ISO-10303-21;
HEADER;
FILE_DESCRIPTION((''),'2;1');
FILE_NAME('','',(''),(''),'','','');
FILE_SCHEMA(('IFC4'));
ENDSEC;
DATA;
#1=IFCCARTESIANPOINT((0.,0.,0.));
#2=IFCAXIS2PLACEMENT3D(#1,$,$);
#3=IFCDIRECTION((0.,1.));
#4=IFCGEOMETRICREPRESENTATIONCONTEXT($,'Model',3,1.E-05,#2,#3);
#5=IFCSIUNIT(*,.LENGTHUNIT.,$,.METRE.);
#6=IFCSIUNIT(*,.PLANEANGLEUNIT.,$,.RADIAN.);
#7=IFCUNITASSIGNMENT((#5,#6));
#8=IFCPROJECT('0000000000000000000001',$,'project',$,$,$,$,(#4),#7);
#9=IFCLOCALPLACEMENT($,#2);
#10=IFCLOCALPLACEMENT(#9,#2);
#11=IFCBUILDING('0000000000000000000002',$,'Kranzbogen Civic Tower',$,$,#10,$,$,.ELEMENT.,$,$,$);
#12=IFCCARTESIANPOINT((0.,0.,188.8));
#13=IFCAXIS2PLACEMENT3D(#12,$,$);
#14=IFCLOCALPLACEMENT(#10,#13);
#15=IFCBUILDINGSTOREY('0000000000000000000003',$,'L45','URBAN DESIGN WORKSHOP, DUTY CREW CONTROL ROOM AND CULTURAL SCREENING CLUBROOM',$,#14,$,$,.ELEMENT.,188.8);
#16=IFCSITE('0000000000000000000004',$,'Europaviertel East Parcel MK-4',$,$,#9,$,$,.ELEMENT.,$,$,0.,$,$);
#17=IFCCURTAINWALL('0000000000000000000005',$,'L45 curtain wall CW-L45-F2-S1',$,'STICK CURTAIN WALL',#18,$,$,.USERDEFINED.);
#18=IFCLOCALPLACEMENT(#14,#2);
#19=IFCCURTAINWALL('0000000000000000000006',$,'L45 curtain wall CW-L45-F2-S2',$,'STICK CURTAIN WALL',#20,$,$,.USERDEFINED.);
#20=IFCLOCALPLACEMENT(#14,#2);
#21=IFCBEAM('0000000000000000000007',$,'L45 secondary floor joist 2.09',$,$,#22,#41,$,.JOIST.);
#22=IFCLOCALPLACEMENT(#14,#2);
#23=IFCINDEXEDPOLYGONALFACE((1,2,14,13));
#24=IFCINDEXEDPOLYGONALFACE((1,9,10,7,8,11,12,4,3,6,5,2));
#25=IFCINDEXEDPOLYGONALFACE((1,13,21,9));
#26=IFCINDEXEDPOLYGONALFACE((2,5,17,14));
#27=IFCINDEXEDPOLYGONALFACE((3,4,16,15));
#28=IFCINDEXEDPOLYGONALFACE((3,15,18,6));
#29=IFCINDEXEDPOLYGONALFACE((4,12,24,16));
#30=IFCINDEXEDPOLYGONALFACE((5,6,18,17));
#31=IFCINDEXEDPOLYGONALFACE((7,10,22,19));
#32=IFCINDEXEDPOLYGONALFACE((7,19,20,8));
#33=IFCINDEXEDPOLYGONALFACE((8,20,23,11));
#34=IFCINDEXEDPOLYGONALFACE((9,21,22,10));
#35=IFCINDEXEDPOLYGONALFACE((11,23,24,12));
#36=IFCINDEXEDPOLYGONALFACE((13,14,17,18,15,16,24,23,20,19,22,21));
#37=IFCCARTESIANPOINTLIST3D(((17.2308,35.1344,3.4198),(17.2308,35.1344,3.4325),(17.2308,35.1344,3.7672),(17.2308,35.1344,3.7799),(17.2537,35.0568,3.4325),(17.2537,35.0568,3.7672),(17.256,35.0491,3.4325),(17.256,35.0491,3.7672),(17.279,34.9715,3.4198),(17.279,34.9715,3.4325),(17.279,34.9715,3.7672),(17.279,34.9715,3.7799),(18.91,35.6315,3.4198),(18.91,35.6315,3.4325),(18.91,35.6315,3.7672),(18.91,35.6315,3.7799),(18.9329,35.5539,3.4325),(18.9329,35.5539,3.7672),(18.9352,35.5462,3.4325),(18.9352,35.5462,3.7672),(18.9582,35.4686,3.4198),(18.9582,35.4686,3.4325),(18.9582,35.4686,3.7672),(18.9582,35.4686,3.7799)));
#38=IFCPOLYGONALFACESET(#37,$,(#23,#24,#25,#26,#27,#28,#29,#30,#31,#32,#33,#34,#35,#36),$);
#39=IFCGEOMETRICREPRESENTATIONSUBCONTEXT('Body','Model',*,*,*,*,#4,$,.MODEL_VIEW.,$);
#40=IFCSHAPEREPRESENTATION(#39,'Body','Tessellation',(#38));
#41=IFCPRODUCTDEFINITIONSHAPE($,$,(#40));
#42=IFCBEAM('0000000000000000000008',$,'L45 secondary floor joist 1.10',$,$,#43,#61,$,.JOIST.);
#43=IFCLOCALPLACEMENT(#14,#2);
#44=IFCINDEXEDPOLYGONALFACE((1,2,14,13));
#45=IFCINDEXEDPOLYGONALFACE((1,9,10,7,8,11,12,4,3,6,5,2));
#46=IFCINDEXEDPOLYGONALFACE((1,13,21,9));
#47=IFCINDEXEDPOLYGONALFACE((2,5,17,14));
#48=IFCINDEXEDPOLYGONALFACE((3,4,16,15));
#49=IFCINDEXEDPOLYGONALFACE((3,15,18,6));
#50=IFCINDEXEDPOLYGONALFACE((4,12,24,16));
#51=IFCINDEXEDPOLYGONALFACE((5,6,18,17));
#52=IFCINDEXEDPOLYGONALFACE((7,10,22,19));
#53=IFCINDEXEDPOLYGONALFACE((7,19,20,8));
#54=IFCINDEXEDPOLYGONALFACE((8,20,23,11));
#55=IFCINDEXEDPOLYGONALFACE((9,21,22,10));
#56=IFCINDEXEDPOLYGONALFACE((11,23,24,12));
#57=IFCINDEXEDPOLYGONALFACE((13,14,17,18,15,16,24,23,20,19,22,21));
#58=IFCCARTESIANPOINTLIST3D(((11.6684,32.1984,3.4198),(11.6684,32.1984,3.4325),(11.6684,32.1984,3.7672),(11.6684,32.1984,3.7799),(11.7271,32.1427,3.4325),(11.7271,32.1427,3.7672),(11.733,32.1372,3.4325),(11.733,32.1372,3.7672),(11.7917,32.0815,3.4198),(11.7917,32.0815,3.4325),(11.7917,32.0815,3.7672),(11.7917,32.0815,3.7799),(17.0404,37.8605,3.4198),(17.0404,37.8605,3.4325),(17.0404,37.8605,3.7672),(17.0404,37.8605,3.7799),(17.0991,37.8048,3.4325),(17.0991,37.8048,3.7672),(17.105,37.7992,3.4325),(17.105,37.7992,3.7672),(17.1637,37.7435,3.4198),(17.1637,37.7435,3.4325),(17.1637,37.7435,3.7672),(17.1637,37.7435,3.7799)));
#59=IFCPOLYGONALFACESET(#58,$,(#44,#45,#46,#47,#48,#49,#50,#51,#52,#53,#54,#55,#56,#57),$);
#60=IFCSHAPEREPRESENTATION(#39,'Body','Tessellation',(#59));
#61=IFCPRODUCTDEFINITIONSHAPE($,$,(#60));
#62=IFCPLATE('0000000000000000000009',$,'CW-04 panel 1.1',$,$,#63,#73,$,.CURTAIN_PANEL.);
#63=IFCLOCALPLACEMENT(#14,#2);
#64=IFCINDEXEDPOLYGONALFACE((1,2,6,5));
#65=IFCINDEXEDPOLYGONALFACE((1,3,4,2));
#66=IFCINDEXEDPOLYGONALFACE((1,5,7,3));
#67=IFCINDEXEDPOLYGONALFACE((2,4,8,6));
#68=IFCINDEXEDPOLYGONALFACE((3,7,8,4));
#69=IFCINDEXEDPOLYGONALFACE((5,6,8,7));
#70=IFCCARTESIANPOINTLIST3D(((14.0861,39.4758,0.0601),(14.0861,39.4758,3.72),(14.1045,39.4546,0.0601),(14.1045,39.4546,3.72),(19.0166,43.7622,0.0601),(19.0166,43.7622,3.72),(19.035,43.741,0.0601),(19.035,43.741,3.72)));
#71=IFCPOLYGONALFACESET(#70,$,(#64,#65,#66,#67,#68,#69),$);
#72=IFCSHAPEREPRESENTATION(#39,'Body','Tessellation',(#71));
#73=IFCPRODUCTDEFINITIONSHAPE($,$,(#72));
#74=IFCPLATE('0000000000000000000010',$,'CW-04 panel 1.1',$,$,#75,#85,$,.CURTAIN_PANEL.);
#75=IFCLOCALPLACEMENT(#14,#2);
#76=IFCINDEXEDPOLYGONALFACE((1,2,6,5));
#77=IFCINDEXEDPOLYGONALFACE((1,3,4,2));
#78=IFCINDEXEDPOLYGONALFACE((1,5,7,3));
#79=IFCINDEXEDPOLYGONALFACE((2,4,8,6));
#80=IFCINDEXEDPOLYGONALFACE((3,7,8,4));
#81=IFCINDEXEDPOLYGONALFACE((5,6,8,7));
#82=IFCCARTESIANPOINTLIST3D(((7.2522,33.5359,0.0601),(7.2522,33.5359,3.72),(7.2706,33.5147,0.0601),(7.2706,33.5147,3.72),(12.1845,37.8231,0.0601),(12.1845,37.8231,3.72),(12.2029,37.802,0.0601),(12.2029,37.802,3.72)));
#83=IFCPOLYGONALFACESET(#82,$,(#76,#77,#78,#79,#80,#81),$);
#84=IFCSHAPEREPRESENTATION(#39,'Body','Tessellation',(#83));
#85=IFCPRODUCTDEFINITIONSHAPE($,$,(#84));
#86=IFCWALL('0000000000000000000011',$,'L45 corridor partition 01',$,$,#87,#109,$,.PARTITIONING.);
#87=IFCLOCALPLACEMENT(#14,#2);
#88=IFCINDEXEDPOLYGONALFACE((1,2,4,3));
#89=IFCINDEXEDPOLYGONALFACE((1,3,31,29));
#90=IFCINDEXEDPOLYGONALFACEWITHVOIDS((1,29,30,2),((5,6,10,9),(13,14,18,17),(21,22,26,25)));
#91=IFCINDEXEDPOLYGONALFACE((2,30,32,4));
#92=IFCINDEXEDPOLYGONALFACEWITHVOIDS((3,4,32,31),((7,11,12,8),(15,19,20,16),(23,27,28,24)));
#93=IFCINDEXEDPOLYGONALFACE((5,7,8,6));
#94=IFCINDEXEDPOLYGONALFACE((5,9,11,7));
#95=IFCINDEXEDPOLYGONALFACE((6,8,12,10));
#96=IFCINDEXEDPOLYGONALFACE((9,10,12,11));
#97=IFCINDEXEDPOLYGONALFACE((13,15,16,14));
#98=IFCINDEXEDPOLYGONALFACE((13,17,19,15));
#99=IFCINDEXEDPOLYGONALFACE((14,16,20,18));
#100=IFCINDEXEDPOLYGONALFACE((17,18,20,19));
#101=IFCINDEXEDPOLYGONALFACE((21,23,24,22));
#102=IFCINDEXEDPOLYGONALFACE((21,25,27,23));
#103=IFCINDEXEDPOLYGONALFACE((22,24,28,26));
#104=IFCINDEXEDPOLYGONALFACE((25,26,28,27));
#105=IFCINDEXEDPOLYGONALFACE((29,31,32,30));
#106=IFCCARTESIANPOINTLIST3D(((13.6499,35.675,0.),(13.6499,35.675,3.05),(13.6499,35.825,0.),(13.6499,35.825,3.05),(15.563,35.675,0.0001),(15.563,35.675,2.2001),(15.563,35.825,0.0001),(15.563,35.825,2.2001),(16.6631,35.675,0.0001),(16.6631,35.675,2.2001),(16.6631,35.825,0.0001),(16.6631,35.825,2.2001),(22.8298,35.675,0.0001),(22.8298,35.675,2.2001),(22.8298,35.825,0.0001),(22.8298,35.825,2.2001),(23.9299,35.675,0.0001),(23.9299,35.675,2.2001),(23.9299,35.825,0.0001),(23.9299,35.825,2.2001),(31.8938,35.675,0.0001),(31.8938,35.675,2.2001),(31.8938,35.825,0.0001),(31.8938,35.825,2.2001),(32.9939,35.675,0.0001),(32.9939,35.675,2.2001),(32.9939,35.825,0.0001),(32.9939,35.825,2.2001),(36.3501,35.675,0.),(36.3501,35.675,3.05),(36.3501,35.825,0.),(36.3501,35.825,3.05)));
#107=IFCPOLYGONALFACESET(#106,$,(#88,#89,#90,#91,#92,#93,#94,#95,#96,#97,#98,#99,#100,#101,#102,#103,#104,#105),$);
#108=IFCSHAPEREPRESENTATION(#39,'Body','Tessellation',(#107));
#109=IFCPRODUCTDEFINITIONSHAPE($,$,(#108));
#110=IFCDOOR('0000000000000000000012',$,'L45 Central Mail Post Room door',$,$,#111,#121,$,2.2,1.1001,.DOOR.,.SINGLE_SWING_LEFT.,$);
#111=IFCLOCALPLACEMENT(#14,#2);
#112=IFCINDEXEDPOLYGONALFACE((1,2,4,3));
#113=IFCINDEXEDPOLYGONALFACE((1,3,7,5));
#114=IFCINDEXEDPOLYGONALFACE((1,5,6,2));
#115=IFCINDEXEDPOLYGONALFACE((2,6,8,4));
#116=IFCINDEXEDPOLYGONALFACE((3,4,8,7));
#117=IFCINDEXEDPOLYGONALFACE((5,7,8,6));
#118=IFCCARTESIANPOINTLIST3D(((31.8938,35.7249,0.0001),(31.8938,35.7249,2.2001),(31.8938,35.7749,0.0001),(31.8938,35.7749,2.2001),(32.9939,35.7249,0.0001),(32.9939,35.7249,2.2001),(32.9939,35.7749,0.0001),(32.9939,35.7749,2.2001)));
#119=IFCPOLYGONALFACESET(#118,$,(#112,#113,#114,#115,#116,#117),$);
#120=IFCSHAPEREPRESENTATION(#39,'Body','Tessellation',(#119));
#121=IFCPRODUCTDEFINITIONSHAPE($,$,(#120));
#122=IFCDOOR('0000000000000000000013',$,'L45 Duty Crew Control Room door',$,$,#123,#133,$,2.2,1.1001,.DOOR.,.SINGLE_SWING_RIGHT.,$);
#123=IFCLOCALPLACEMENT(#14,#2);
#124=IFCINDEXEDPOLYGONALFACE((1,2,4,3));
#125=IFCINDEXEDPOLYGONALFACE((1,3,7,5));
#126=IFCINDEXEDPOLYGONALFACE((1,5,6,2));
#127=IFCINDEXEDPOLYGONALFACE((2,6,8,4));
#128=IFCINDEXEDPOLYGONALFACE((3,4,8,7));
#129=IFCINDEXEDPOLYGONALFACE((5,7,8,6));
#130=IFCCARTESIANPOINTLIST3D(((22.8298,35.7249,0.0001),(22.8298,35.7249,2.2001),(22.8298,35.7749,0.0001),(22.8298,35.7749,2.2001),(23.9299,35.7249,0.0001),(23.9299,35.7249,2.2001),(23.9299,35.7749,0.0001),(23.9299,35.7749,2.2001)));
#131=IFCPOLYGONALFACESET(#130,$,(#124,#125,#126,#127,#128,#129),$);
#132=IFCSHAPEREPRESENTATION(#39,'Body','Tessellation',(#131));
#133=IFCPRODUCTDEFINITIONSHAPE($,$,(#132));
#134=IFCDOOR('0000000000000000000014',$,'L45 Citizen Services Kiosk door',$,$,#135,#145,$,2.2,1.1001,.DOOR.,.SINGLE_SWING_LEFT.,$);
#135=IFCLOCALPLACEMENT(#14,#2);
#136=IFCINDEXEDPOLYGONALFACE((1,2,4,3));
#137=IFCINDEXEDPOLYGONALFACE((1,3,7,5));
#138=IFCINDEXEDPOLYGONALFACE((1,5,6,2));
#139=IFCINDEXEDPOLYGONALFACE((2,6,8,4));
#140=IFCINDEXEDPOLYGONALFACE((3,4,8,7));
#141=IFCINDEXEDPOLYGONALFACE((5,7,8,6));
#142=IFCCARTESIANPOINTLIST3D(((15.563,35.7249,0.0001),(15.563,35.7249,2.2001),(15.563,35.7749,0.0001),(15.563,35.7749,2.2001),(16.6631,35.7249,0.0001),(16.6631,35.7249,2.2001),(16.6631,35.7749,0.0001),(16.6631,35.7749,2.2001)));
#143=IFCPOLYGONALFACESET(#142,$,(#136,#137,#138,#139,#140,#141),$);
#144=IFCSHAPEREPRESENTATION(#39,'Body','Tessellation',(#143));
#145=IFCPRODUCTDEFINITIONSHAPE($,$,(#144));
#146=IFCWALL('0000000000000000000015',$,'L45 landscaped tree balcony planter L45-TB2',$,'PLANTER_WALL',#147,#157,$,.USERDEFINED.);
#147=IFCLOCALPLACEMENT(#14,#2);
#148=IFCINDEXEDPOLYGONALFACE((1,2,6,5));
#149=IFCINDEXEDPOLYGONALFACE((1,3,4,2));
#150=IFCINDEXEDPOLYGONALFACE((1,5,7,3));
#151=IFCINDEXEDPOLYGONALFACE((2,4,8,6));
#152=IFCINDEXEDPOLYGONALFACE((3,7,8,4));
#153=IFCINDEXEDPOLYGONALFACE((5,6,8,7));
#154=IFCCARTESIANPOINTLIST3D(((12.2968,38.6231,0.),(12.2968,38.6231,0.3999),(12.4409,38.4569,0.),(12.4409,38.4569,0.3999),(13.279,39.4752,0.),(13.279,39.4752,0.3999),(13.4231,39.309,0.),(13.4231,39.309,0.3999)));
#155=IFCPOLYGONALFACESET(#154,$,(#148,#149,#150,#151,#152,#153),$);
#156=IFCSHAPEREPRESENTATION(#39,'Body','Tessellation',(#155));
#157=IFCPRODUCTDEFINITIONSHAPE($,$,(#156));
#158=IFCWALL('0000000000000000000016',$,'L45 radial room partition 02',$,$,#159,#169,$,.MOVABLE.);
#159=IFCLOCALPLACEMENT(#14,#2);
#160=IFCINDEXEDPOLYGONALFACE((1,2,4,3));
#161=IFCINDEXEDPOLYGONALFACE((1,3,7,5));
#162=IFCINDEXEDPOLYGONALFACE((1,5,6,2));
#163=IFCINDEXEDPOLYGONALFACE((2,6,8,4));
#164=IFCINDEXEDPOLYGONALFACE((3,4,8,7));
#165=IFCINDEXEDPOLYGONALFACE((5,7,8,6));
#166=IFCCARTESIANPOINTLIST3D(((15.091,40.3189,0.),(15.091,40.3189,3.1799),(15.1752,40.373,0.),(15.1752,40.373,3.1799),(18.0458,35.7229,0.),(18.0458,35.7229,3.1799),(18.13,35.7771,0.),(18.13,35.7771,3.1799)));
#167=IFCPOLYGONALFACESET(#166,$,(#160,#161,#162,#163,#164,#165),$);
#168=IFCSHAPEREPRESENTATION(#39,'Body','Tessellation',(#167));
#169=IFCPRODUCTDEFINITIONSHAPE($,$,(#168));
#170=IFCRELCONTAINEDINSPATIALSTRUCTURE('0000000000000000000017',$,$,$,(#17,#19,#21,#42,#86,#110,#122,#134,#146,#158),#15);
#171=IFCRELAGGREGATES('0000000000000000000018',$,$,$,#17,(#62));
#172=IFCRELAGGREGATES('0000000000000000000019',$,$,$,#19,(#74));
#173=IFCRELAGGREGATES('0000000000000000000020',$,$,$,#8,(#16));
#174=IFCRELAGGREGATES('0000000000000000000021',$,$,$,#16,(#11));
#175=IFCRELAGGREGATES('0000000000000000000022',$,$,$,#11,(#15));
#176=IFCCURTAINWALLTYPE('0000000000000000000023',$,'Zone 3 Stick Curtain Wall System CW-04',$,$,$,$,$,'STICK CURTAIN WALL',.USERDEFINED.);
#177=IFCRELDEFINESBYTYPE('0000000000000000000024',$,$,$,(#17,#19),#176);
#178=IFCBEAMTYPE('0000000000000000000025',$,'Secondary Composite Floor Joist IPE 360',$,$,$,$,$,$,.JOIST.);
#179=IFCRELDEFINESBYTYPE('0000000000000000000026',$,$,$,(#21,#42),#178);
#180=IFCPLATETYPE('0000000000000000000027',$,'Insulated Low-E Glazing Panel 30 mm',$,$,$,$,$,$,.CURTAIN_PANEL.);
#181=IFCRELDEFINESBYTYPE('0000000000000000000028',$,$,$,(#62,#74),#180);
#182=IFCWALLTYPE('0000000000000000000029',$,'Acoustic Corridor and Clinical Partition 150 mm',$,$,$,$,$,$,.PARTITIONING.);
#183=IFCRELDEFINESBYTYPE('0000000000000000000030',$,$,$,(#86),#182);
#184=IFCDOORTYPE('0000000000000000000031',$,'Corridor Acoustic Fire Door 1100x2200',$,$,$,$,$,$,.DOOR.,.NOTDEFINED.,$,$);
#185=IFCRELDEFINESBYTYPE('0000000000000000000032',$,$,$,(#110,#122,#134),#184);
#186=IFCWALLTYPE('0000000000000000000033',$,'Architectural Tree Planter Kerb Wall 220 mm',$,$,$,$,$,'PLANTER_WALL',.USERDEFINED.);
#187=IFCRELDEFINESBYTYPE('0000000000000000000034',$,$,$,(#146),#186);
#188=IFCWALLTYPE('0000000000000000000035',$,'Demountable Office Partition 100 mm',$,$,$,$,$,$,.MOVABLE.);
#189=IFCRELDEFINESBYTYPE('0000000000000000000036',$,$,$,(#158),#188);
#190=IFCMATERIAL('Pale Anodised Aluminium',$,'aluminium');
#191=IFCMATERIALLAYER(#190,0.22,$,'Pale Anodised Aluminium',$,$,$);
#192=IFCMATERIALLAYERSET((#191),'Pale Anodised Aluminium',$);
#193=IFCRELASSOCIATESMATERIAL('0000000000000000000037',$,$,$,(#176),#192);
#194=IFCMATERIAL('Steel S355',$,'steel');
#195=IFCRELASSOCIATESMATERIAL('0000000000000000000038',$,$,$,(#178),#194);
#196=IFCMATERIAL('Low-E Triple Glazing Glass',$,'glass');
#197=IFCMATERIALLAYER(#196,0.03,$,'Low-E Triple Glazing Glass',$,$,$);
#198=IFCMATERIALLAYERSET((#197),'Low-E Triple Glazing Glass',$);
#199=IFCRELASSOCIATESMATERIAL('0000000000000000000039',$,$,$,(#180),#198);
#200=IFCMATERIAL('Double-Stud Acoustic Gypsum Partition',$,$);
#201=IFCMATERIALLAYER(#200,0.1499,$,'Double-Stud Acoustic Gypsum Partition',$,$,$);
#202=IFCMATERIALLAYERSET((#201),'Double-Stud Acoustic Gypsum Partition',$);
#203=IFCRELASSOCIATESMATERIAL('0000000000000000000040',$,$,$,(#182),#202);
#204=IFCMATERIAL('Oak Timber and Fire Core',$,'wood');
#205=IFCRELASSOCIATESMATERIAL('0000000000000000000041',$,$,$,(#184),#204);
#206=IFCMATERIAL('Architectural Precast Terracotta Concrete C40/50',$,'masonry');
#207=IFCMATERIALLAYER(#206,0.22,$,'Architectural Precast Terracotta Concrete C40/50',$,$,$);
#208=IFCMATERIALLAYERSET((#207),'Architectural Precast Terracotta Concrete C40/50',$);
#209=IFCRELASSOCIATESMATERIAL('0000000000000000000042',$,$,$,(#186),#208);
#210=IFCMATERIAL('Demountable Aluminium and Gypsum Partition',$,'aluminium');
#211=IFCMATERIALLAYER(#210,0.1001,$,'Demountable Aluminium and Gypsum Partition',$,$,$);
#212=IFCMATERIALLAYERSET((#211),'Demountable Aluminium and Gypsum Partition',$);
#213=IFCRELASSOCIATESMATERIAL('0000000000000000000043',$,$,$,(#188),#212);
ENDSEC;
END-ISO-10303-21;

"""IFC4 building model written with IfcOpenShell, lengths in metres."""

from ifc_helpers import new_model, si_unit, direction, frame, frame_2d, origin, origin_2d, place, context, subcontext, project, spatial, rectangle, i_section, extrude, material, layer, layer_set, material_profile, profile_set, type_object, element, fill, aggregate, save


model = new_model("IFC4")

# Units and contexts
model_context = context("Model", 3, precision=1e-05, world=origin(), true_north=direction((0.0, 1.0)))
body_context = subcontext(model_context, "Body", "Model", "MODEL_VIEW")
ifc_project = project(units=[si_unit("LENGTHUNIT", "METRE"), si_unit("PLANEANGLEUNIT", "RADIAN")], contexts=[model_context])

# Site, building, storey
site_placement = place(None, origin())
site = spatial("IfcSite", under=ifc_project, at=site_placement, Name="Europaviertel East Parcel MK-4", CompositionType="ELEMENT", RefElevation=0.0)
building_placement = place(site_placement, origin())
building = spatial("IfcBuilding", under=site, at=building_placement, Name="Kranzbogen Civic Tower", CompositionType="ELEMENT")
storey_placement = place(building_placement, frame((0.0, 0.0, 188.8)))
storey = spatial("IfcBuildingStorey", under=building, at=storey_placement, Name="L45", Description="URBAN DESIGN WORKSHOP, DUTY CREW CONTROL ROOM AND CULTURAL SCREENING CLUBROOM", CompositionType="ELEMENT", Elevation=188.8)

# Shared definitions
ifc_material_1 = material(Name="Steel S355", Category="steel")

# Curtain wall
ifc_material_2 = material(Name="Pale Anodised Aluminium", Category="aluminium")
ifc_layer_1 = layer(ifc_material_2, 0.22, Name="Pale Anodised Aluminium")
ifc_layer_set_1 = layer_set([ifc_layer_1], Name="Pale Anodised Aluminium")
curtain_wall_type = type_object("IfcCurtainWallType", Name="Zone 3 Stick Curtain Wall System CW-04", ElementType="STICK CURTAIN WALL", PredefinedType="USERDEFINED", material=ifc_layer_set_1)
curtain_wall_1_placement = place(storey_placement, origin())
curtain_wall_1 = element("IfcCurtainWall", 1, at=curtain_wall_1_placement, inside=storey, type_object=curtain_wall_type, Name="L45 curtain wall CW-L45-F2-S1", ObjectType="STICK CURTAIN WALL", PredefinedType="USERDEFINED")

# Curtain wall
curtain_wall_2_placement = place(storey_placement, origin())
curtain_wall_2 = element("IfcCurtainWall", 2, at=curtain_wall_2_placement, inside=storey, type_object=curtain_wall_type, Name="L45 curtain wall CW-L45-F2-S2", ObjectType="STICK CURTAIN WALL", PredefinedType="USERDEFINED")

# Beams
ifc_material_profile_1 = material_profile(ifc_material_1, i_section(OverallWidth=0.1699, OverallDepth=0.3601, WebThickness=0.0081, FlangeThickness=0.0127, at=origin_2d()), Name="IPE 360")
ifc_profile_set_1 = profile_set([ifc_material_profile_1], Name="Steel S355")
beam_type_1 = type_object("IfcBeamType", Name="Secondary Composite Floor Joist IPE 360", PredefinedType="JOIST", material=ifc_profile_set_1)
beam_1_placement = place(storey_placement, frame((18.9341, 35.55, 3.5999), z_axis=(-0.958871, -0.283841, 0.0), x_axis=(0.283841, -0.958871, 0.0)))
element("IfcBeam", 3, at=beam_1_placement, inside=storey, type_object=beam_type_1, Name="L45 secondary floor joist 2.09", PredefinedType="JOIST", context=body_context, shape_type="SweptSolid", body=[
    extrude(i_section(OverallWidth=0.1699, OverallDepth=0.3601, WebThickness=0.0081, FlangeThickness=0.0127, at=origin_2d()), origin(), (0.0, 0.0, 1.0), 1.7512),
])
beam_2_placement = place(storey_placement, frame((17.1021, 37.802, 3.5999), z_axis=(-0.688282, -0.725443, 0.0), x_axis=(0.725443, -0.688282, 0.0)))
element("IfcBeam", 4, at=beam_2_placement, inside=storey, type_object=beam_type_1, Name="L45 secondary floor joist 1.10", PredefinedType="JOIST", context=body_context, shape_type="SweptSolid", body=[
    extrude(i_section(OverallWidth=0.1699, OverallDepth=0.3601, WebThickness=0.0081, FlangeThickness=0.0127, at=origin_2d()), origin(), (0.0, 0.0, 1.0), 7.8049),
])

# Plates
ifc_material_3 = material(Name="Low-E Triple Glazing Glass", Category="glass")
ifc_layer_2 = layer(ifc_material_3, 0.03, Name="Low-E Triple Glazing Glass")
ifc_layer_set_2 = layer_set([ifc_layer_2], Name="Low-E Triple Glazing Glass")
plate_type = type_object("IfcPlateType", Name="Insulated Low-E Glazing Panel 30 mm", PredefinedType="CURTAIN_PANEL", material=ifc_layer_set_2)
plate_1_placement = place(storey_placement, frame((16.5605, 41.6084, 0.0601), z_axis=(0.0, 0.0, 1.0), x_axis=(-0.754686, -0.656086, 0.0)))
plate_1 = element("IfcPlate", 5, at=plate_1_placement, type_object=plate_type, Name="CW-04 panel 1.1", PredefinedType="CURTAIN_PANEL", context=body_context, shape_type="SweptSolid", body=[
    extrude(rectangle(XDim=6.5332, YDim=0.0281, at=origin_2d()), origin(), (0.0, 0.0, 1.0), 3.6599),
])
aggregate(curtain_wall_1, [plate_1])
plate_2_placement = place(storey_placement, frame((9.7275, 35.6689, 0.0601), z_axis=(0.0, 0.0, 1.0), x_axis=(-0.754741, -0.656022, 0.0)))
plate_2 = element("IfcPlate", 6, at=plate_2_placement, type_object=plate_type, Name="CW-04 panel 1.1", PredefinedType="CURTAIN_PANEL", context=body_context, shape_type="SweptSolid", body=[
    extrude(rectangle(XDim=6.5352, YDim=0.0281, at=origin_2d()), origin(), (0.0, 0.0, 1.0), 3.6599),
])
aggregate(curtain_wall_2, [plate_2])

# Wall, openings, doors
ifc_material_4 = material(Name="Double-Stud Acoustic Gypsum Partition")
ifc_layer_3 = layer(ifc_material_4, 0.1499, Name="Double-Stud Acoustic Gypsum Partition")
ifc_layer_set_3 = layer_set([ifc_layer_3], Name="Double-Stud Acoustic Gypsum Partition")
wall_type_1 = type_object("IfcWallType", Name="Acoustic Corridor and Clinical Partition 150 mm", PredefinedType="PARTITIONING", material=ifc_layer_set_3)
wall_1_placement = place(storey_placement, frame((13.6499, 35.75, 0.0), z_axis=(0.0, 0.0, 1.0), x_axis=(1.0, 0.0, 0.0)))
wall_1 = element("IfcWall", 7, at=wall_1_placement, inside=storey, type_object=wall_type_1, Name="L45 corridor partition 01", PredefinedType="PARTITIONING", context=body_context, shape_type="SweptSolid", body=[
    extrude(rectangle(XDim=22.7002, YDim=0.1499, at=frame_2d((11.3501, 0.0))), origin(), (0.0, 0.0, 1.0), 3.05),
])
opening_1_placement = place(wall_1_placement, frame((18.2439, 0.0, 0.0)))
opening_1 = element("IfcOpeningElement", 8, at=opening_1_placement, cuts=wall_1, PredefinedType="OPENING", context=body_context, shape_type="SweptSolid", body=[
    extrude(rectangle(XDim=1.1001, YDim=2.2, at=frame_2d((0.55, 1.1001))), frame((0.0, 0.085, 0.0), z_axis=(0.0, -1.0, 0.0), x_axis=(1.0, 0.0, 0.0)), (0.0, 0.0, 1.0), 0.1699),
])
opening_2_placement = place(wall_1_placement, frame((9.1799, 0.0, 0.0)))
opening_2 = element("IfcOpeningElement", 9, at=opening_2_placement, cuts=wall_1, PredefinedType="OPENING", context=body_context, shape_type="SweptSolid", body=[
    extrude(rectangle(XDim=1.1001, YDim=2.2, at=frame_2d((0.55, 1.1001))), frame((0.0, 0.085, 0.0), z_axis=(0.0, -1.0, 0.0), x_axis=(1.0, 0.0, 0.0)), (0.0, 0.0, 1.0), 0.1699),
])
opening_3_placement = place(wall_1_placement, frame((1.9131, 0.0, 0.0)))
opening_3 = element("IfcOpeningElement", 10, at=opening_3_placement, cuts=wall_1, PredefinedType="OPENING", context=body_context, shape_type="SweptSolid", body=[
    extrude(rectangle(XDim=1.1001, YDim=2.2, at=frame_2d((0.55, 1.1001))), frame((0.0, 0.085, 0.0), z_axis=(0.0, -1.0, 0.0), x_axis=(1.0, 0.0, 0.0)), (0.0, 0.0, 1.0), 0.1699),
])
ifc_material_5 = material(Name="Oak Timber and Fire Core", Category="wood")
door_type_1 = type_object("IfcDoorType", Name="Corridor Acoustic Fire Door 1100x2200", OperationType="NOTDEFINED", PredefinedType="DOOR", material=ifc_material_5)
door_1_placement = place(opening_1_placement, origin())
door_1 = element("IfcDoor", 11, at=door_1_placement, inside=storey, type_object=door_type_1, Name="L45 Central Mail Post Room door", OperationType="SINGLE_SWING_LEFT", OverallHeight=2.2, OverallWidth=1.1001, PredefinedType="DOOR", context=body_context, shape_type="SweptSolid", body=[
    extrude(rectangle(XDim=1.1001, YDim=2.2, at=frame_2d((0.55, 1.1001))), frame((0.0, 0.0249, 0.0), z_axis=(0.0, -1.0, 0.0), x_axis=(1.0, 0.0, 0.0)), (0.0, 0.0, 1.0), 0.05),
])
fill(opening_1, door_1)
door_2_placement = place(opening_2_placement, origin())
door_2 = element("IfcDoor", 12, at=door_2_placement, inside=storey, type_object=door_type_1, Name="L45 Duty Crew Control Room door", OperationType="SINGLE_SWING_RIGHT", OverallHeight=2.2, OverallWidth=1.1001, PredefinedType="DOOR", context=body_context, shape_type="SweptSolid", body=[
    extrude(rectangle(XDim=1.1001, YDim=2.2, at=frame_2d((0.55, 1.1001))), frame((0.0, 0.0249, 0.0), z_axis=(0.0, -1.0, 0.0), x_axis=(1.0, 0.0, 0.0)), (0.0, 0.0, 1.0), 0.05),
])
fill(opening_2, door_2)
door_3_placement = place(opening_3_placement, origin())
door_3 = element("IfcDoor", 13, at=door_3_placement, inside=storey, type_object=door_type_1, Name="L45 Citizen Services Kiosk door", OperationType="SINGLE_SWING_LEFT", OverallHeight=2.2, OverallWidth=1.1001, PredefinedType="DOOR", context=body_context, shape_type="SweptSolid", body=[
    extrude(rectangle(XDim=1.1001, YDim=2.2, at=frame_2d((0.55, 1.1001))), frame((0.0, 0.0249, 0.0), z_axis=(0.0, -1.0, 0.0), x_axis=(1.0, 0.0, 0.0)), (0.0, 0.0, 1.0), 0.05),
])
fill(opening_3, door_3)

# Walls
ifc_material_6 = material(Name="Architectural Precast Terracotta Concrete C40/50", Category="masonry")
ifc_layer_4 = layer(ifc_material_6, 0.22, Name="Architectural Precast Terracotta Concrete C40/50")
ifc_layer_set_4 = layer_set([ifc_layer_4], Name="Architectural Precast Terracotta Concrete C40/50")
wall_type_2 = type_object("IfcWallType", Name="Architectural Tree Planter Kerb Wall 220 mm", ElementType="PLANTER_WALL", PredefinedType="USERDEFINED", material=ifc_layer_set_4)
wall_2_placement = place(storey_placement, frame((13.3511, 39.3921, 0.0), z_axis=(0.0, 0.0, 1.0), x_axis=(-0.755373, -0.655295, 0.0)))
element("IfcWall", 14, at=wall_2_placement, inside=storey, type_object=wall_type_2, Name="L45 landscaped tree balcony planter L45-TB2", ObjectType="PLANTER_WALL", PredefinedType="USERDEFINED", context=body_context, shape_type="SweptSolid", body=[
    extrude(rectangle(XDim=1.3003, YDim=0.22, at=frame_2d((0.6501, 0.0))), origin(), (0.0, 0.0, 1.0), 0.3999),
])
ifc_material_7 = material(Name="Demountable Aluminium and Gypsum Partition", Category="aluminium")
ifc_layer_5 = layer(ifc_material_7, 0.1001, Name="Demountable Aluminium and Gypsum Partition")
ifc_layer_set_5 = layer_set([ifc_layer_5], Name="Demountable Aluminium and Gypsum Partition")
wall_type_3 = type_object("IfcWallType", Name="Demountable Office Partition 100 mm", PredefinedType="MOVABLE", material=ifc_layer_set_5)
wall_3_placement = place(storey_placement, frame((18.0879, 35.75, 0.0), z_axis=(0.0, 0.0, 1.0), x_axis=(-0.540796, 0.841154, 0.0)))
element("IfcWall", 15, at=wall_3_placement, inside=storey, type_object=wall_type_3, Name="L45 radial room partition 02", PredefinedType="MOVABLE", context=body_context, shape_type="SweptSolid", body=[
    extrude(rectangle(XDim=5.4639, YDim=0.1001, at=frame_2d((2.7319, 0.0))), origin(), (0.0, 0.0, 1.0), 3.1799),
])

save(model, "model.ifc")
